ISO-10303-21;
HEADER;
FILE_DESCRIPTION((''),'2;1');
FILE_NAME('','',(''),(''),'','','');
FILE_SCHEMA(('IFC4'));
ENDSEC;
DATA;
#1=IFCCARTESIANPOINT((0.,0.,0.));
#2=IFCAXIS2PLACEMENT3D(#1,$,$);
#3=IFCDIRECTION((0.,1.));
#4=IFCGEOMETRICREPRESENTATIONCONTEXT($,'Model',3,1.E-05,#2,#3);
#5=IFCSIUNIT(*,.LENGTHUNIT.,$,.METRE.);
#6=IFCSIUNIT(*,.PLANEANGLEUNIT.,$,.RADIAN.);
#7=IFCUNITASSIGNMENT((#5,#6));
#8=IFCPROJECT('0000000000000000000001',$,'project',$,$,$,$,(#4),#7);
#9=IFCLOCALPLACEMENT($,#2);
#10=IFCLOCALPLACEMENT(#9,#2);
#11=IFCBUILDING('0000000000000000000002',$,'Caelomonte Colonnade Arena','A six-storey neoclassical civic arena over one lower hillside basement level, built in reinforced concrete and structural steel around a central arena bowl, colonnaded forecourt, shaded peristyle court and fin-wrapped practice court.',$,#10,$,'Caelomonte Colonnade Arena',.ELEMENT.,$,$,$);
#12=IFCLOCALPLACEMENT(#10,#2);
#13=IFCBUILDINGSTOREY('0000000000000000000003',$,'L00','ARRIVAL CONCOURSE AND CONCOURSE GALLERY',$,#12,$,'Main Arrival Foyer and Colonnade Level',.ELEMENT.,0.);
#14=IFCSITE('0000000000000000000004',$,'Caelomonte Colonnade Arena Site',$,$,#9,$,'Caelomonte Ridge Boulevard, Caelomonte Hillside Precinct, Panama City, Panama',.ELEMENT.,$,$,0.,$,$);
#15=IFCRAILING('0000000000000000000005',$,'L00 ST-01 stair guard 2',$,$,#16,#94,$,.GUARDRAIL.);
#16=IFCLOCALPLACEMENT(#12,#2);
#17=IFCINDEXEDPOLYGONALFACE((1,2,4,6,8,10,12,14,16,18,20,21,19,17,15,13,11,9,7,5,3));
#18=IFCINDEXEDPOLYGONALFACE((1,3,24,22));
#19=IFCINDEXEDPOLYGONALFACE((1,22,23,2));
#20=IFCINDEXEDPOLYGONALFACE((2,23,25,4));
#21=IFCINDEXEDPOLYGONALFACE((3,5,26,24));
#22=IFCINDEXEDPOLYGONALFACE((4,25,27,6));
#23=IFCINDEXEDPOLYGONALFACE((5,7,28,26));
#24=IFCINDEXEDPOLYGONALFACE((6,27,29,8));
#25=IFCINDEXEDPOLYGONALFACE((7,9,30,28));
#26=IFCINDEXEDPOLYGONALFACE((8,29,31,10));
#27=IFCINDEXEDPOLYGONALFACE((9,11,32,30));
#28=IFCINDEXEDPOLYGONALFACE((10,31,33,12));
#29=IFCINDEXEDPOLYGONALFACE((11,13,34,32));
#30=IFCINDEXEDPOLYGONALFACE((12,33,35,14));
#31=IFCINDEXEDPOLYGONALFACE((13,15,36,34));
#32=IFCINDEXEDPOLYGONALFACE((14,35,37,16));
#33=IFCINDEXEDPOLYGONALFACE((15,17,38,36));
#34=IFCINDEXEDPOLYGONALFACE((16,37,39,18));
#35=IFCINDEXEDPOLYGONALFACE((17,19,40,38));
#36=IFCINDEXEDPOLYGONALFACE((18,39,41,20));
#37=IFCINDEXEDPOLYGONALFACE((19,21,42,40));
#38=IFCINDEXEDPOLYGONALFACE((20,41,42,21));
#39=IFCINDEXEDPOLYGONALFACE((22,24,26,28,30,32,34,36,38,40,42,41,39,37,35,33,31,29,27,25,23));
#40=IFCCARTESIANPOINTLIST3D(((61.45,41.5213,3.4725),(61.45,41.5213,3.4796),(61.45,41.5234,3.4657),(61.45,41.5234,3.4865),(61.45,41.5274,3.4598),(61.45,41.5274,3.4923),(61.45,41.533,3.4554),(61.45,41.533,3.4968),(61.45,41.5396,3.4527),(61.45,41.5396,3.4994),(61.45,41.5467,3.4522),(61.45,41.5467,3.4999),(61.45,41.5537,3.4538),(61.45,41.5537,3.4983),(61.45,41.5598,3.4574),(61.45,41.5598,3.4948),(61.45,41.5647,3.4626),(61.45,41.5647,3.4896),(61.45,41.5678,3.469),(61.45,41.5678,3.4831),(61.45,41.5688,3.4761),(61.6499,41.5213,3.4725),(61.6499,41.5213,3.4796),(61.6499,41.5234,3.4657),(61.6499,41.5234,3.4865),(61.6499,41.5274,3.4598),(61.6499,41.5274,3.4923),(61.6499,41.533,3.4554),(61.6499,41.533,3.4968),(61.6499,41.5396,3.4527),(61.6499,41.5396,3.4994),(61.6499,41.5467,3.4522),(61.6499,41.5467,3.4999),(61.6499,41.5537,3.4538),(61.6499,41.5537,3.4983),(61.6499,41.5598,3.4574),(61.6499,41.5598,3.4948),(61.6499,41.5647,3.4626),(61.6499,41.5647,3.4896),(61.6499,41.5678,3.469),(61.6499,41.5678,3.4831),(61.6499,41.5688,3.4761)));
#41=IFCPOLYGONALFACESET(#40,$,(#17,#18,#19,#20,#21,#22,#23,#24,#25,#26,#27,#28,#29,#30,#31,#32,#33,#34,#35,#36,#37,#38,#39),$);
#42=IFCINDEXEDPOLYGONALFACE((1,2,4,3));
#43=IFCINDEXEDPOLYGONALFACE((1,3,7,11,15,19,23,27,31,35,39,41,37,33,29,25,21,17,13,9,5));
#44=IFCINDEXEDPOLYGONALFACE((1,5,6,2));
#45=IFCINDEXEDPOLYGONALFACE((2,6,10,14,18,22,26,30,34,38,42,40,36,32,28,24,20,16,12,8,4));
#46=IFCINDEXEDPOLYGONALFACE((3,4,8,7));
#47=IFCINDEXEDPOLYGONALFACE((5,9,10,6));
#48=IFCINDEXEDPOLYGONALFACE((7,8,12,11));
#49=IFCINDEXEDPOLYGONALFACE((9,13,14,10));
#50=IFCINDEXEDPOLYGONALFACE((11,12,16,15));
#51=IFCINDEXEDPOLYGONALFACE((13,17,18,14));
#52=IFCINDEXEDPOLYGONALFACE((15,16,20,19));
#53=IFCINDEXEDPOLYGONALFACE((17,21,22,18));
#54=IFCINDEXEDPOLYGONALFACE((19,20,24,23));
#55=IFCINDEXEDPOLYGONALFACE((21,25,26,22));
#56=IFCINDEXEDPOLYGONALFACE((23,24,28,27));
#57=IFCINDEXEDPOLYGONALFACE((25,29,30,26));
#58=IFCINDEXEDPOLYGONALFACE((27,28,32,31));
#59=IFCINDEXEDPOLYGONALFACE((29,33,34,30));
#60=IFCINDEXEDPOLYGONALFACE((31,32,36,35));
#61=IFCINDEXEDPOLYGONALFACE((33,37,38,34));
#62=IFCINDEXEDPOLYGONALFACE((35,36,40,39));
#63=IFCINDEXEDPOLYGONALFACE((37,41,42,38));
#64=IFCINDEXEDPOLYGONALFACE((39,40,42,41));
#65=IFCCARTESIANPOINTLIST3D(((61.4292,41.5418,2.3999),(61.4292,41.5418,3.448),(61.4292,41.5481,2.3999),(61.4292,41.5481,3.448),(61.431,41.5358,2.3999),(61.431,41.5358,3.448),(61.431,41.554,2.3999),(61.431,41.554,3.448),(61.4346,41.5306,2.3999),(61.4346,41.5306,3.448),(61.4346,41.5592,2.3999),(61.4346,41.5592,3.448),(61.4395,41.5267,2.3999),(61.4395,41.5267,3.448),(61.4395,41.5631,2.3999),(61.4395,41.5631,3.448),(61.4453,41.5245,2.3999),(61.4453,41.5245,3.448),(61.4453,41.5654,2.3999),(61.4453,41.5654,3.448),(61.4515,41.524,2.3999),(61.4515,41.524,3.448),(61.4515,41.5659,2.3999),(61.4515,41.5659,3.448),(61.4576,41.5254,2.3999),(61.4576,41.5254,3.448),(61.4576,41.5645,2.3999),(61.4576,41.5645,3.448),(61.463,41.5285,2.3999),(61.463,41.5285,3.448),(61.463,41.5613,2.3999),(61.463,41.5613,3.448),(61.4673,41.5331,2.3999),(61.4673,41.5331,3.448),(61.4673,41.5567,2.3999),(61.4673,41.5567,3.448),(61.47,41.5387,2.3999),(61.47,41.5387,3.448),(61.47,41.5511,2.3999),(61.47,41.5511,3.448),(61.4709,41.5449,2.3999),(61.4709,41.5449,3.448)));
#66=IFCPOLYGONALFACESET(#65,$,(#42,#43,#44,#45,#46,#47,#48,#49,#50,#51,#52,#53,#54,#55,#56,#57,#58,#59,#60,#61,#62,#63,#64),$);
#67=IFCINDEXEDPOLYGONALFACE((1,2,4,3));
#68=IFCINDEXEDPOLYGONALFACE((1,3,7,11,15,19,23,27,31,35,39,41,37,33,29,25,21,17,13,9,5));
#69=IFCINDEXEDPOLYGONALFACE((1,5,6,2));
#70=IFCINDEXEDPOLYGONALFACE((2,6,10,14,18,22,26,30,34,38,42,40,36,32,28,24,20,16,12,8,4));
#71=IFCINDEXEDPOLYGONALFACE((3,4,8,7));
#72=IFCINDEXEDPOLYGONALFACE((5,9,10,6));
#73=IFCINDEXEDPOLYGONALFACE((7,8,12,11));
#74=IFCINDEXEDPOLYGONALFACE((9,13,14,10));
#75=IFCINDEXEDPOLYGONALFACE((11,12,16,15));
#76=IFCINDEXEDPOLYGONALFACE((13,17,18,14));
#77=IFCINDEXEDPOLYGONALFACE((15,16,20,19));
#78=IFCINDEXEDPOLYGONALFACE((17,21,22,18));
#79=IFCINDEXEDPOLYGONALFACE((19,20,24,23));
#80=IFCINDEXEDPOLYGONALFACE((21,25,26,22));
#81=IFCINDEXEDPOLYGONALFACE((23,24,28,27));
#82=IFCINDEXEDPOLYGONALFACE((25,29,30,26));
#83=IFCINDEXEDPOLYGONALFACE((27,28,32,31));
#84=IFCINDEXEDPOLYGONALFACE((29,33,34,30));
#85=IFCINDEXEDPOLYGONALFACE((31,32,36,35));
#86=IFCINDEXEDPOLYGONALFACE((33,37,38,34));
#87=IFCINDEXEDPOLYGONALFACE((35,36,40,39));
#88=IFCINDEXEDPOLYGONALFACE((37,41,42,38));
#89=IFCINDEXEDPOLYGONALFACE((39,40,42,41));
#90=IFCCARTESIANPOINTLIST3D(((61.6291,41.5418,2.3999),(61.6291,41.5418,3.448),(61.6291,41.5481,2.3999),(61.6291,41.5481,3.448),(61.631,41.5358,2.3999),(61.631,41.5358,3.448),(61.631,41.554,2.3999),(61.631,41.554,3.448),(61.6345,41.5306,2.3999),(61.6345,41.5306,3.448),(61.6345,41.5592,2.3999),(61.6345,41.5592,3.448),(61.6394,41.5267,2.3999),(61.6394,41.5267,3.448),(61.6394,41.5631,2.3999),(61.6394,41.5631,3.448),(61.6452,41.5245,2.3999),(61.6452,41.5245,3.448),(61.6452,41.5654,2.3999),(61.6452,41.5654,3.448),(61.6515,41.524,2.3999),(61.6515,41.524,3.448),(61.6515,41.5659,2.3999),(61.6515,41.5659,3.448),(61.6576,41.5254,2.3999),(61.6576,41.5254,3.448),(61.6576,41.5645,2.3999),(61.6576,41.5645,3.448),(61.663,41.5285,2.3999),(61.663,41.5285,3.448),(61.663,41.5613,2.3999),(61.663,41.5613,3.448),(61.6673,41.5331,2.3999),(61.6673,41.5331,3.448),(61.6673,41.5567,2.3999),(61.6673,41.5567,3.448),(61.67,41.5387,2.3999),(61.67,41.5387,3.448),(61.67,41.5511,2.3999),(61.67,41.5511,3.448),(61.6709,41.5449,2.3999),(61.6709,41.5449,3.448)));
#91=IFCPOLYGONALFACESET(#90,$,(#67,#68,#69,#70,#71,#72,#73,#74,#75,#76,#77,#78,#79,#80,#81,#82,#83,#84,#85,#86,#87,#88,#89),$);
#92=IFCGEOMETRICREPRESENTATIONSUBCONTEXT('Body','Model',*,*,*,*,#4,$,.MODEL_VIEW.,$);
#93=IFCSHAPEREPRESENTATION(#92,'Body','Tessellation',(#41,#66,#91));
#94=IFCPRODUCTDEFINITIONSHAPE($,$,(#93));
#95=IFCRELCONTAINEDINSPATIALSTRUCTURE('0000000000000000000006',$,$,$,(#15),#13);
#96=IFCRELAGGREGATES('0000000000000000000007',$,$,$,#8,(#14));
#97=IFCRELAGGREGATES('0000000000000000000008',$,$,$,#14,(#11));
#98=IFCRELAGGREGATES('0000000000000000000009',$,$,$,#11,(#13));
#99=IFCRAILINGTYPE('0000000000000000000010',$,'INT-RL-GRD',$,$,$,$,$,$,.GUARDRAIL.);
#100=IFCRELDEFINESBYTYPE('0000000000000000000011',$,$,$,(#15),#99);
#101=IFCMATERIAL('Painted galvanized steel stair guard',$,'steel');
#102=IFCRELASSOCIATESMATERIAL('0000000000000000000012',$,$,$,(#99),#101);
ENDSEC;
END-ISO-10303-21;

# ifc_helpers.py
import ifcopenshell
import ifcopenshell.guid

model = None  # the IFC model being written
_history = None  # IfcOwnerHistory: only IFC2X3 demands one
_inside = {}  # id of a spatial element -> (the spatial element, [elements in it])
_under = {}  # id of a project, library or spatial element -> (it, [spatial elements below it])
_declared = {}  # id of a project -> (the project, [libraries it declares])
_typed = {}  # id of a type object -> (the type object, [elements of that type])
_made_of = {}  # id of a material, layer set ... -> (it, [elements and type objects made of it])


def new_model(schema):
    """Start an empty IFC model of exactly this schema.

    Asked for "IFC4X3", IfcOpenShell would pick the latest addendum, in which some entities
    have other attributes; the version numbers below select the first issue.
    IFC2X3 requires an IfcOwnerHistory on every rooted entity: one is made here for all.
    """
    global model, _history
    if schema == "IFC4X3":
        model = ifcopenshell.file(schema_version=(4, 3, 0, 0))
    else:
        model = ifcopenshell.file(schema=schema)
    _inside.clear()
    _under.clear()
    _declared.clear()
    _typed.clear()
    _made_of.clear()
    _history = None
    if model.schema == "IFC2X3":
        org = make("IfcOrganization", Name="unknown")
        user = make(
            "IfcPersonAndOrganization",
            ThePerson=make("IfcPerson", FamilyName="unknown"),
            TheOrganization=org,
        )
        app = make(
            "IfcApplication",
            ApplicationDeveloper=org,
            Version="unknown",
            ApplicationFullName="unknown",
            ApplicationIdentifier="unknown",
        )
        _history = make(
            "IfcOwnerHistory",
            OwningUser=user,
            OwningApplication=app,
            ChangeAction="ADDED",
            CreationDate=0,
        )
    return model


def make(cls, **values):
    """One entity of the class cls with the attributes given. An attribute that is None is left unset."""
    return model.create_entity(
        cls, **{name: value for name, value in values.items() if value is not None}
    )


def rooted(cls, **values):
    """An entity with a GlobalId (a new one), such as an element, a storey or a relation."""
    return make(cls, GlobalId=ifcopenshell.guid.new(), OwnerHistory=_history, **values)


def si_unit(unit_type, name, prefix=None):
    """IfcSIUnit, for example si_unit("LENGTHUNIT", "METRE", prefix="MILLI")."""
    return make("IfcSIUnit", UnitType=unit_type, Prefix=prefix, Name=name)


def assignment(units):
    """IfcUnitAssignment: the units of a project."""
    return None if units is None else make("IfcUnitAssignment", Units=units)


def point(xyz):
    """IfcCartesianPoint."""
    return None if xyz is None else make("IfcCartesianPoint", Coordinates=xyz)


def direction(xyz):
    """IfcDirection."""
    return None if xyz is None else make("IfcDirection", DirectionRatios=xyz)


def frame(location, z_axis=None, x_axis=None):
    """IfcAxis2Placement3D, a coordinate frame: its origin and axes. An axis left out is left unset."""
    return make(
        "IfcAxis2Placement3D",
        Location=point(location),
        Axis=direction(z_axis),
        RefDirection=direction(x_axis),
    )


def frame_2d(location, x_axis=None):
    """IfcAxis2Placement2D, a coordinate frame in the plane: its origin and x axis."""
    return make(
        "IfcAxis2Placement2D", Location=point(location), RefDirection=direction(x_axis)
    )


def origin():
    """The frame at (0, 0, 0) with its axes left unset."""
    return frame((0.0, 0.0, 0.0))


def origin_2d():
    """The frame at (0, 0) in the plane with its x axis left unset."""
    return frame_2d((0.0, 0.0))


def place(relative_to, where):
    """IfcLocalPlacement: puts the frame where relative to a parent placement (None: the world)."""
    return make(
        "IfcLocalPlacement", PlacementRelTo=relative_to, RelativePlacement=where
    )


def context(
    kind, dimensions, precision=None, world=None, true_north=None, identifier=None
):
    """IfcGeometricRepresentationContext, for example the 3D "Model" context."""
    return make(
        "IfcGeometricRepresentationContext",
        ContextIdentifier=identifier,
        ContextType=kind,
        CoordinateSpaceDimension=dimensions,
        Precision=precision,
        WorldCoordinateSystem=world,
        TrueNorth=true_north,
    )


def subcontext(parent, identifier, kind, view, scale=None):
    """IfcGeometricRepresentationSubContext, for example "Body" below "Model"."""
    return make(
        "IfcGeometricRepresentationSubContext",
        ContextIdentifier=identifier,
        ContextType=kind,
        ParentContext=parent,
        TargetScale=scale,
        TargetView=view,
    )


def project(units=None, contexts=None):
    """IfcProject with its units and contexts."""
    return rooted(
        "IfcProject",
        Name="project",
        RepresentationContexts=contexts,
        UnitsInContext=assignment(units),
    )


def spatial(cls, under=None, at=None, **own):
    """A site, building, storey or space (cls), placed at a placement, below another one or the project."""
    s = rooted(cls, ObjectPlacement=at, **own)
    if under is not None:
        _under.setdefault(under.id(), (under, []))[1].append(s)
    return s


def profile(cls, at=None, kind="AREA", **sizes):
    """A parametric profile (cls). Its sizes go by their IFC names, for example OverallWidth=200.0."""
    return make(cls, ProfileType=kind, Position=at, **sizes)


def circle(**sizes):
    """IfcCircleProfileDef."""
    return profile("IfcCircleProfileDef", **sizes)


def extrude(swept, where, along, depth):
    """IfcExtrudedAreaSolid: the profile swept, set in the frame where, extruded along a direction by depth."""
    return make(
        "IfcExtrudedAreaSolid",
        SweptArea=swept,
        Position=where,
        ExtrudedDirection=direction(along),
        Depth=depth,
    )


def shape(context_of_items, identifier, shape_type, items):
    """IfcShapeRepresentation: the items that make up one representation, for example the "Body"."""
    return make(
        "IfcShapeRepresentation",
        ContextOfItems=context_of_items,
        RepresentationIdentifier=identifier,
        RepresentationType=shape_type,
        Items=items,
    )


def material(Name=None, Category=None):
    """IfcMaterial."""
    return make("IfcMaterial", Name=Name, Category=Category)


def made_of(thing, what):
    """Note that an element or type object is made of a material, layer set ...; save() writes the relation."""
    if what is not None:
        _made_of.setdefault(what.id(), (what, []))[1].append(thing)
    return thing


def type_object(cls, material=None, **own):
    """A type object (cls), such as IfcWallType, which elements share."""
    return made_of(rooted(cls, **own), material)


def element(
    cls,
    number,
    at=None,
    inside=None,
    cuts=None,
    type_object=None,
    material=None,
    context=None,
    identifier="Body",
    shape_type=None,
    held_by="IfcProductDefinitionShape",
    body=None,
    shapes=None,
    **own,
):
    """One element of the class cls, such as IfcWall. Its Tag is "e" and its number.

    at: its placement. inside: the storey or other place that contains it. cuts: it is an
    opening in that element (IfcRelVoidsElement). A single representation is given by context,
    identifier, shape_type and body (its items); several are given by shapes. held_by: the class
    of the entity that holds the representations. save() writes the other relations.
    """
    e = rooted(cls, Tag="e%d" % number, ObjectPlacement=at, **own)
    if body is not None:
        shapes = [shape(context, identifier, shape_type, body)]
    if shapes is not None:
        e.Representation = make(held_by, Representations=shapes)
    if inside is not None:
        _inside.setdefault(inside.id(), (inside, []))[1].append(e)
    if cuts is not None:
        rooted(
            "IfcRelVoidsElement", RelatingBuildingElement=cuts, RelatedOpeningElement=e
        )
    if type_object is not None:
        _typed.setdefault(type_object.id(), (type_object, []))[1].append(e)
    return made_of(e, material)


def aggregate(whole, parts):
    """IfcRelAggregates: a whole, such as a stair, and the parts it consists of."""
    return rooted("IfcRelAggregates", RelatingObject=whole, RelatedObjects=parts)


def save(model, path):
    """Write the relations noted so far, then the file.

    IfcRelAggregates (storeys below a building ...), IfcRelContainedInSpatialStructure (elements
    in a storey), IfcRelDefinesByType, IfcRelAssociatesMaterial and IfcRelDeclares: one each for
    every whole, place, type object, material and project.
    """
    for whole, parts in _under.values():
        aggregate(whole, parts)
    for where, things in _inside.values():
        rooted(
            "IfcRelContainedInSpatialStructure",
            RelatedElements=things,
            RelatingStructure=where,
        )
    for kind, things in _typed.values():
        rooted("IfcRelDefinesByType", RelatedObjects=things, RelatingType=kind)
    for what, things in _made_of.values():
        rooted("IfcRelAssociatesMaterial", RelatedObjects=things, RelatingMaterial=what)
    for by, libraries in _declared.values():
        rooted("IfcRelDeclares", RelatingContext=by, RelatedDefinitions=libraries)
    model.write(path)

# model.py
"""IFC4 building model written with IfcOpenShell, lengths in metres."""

from ifc_helpers import new_model, si_unit, direction, frame, origin, origin_2d, place, context, subcontext, project, spatial, circle, extrude, material, type_object, element, save


model = new_model("IFC4")

# Units and contexts
model_context = context("Model", 3, precision=1e-05, world=origin(), true_north=direction((0.0, 1.0)))
body_context = subcontext(model_context, "Body", "Model", "MODEL_VIEW")
ifc_project = project(units=[si_unit("LENGTHUNIT", "METRE"), si_unit("PLANEANGLEUNIT", "RADIAN")], contexts=[model_context])

# Site, building, storey
site_placement = place(None, origin())
site = spatial("IfcSite", under=ifc_project, at=site_placement, Name="Caelomonte Colonnade Arena Site", LongName="Caelomonte Ridge Boulevard, Caelomonte Hillside Precinct, Panama City, Panama", CompositionType="ELEMENT", RefElevation=0.0)
building_placement = place(site_placement, origin())
building = spatial("IfcBuilding", under=site, at=building_placement, Name="Caelomonte Colonnade Arena", Description="A six-storey neoclassical civic arena over one lower hillside basement level, built in reinforced concrete and structural steel around a central arena bowl, colonnaded forecourt, shaded peristyle court and fin-wrapped practice court.", LongName="Caelomonte Colonnade Arena", CompositionType="ELEMENT")
storey_placement = place(building_placement, origin())
storey = spatial("IfcBuildingStorey", under=building, at=storey_placement, Name="L00", Description="ARRIVAL CONCOURSE AND CONCOURSE GALLERY", LongName="Main Arrival Foyer and Colonnade Level", CompositionType="ELEMENT", Elevation=0.0)

# Railing
ifc_material_1 = material(Name="Painted galvanized steel stair guard", Category="steel")
railing_type_1 = type_object("IfcRailingType", Name="INT-RL-GRD", PredefinedType="GUARDRAIL", material=ifc_material_1)
railing_1_placement = place(storey_placement, frame((61.45, 41.5449, 2.3999)))
element("IfcRailing", 1, at=railing_1_placement, inside=storey, type_object=railing_type_1, Name="L00 ST-01 stair guard 2", PredefinedType="GUARDRAIL", context=body_context, shape_type="SweptSolid", body=[
    extrude(circle(Radius=0.0239, at=origin_2d()), frame((0.0, 0.0, 1.0762), z_axis=(1.0, 0.0, 0.0), x_axis=(0.0, 1.0, 0.0)), (0.0, 0.0, 1.0), 0.2),
    extrude(circle(Radius=0.021, at=origin_2d()), origin(), (0.0, 0.0, 1.0), 1.0481),
    extrude(circle(Radius=0.021, at=origin_2d()), frame((0.2, 0.0, 0.0)), (0.0, 0.0, 1.0), 1.0481),
])

save(model, "model.ifc")
